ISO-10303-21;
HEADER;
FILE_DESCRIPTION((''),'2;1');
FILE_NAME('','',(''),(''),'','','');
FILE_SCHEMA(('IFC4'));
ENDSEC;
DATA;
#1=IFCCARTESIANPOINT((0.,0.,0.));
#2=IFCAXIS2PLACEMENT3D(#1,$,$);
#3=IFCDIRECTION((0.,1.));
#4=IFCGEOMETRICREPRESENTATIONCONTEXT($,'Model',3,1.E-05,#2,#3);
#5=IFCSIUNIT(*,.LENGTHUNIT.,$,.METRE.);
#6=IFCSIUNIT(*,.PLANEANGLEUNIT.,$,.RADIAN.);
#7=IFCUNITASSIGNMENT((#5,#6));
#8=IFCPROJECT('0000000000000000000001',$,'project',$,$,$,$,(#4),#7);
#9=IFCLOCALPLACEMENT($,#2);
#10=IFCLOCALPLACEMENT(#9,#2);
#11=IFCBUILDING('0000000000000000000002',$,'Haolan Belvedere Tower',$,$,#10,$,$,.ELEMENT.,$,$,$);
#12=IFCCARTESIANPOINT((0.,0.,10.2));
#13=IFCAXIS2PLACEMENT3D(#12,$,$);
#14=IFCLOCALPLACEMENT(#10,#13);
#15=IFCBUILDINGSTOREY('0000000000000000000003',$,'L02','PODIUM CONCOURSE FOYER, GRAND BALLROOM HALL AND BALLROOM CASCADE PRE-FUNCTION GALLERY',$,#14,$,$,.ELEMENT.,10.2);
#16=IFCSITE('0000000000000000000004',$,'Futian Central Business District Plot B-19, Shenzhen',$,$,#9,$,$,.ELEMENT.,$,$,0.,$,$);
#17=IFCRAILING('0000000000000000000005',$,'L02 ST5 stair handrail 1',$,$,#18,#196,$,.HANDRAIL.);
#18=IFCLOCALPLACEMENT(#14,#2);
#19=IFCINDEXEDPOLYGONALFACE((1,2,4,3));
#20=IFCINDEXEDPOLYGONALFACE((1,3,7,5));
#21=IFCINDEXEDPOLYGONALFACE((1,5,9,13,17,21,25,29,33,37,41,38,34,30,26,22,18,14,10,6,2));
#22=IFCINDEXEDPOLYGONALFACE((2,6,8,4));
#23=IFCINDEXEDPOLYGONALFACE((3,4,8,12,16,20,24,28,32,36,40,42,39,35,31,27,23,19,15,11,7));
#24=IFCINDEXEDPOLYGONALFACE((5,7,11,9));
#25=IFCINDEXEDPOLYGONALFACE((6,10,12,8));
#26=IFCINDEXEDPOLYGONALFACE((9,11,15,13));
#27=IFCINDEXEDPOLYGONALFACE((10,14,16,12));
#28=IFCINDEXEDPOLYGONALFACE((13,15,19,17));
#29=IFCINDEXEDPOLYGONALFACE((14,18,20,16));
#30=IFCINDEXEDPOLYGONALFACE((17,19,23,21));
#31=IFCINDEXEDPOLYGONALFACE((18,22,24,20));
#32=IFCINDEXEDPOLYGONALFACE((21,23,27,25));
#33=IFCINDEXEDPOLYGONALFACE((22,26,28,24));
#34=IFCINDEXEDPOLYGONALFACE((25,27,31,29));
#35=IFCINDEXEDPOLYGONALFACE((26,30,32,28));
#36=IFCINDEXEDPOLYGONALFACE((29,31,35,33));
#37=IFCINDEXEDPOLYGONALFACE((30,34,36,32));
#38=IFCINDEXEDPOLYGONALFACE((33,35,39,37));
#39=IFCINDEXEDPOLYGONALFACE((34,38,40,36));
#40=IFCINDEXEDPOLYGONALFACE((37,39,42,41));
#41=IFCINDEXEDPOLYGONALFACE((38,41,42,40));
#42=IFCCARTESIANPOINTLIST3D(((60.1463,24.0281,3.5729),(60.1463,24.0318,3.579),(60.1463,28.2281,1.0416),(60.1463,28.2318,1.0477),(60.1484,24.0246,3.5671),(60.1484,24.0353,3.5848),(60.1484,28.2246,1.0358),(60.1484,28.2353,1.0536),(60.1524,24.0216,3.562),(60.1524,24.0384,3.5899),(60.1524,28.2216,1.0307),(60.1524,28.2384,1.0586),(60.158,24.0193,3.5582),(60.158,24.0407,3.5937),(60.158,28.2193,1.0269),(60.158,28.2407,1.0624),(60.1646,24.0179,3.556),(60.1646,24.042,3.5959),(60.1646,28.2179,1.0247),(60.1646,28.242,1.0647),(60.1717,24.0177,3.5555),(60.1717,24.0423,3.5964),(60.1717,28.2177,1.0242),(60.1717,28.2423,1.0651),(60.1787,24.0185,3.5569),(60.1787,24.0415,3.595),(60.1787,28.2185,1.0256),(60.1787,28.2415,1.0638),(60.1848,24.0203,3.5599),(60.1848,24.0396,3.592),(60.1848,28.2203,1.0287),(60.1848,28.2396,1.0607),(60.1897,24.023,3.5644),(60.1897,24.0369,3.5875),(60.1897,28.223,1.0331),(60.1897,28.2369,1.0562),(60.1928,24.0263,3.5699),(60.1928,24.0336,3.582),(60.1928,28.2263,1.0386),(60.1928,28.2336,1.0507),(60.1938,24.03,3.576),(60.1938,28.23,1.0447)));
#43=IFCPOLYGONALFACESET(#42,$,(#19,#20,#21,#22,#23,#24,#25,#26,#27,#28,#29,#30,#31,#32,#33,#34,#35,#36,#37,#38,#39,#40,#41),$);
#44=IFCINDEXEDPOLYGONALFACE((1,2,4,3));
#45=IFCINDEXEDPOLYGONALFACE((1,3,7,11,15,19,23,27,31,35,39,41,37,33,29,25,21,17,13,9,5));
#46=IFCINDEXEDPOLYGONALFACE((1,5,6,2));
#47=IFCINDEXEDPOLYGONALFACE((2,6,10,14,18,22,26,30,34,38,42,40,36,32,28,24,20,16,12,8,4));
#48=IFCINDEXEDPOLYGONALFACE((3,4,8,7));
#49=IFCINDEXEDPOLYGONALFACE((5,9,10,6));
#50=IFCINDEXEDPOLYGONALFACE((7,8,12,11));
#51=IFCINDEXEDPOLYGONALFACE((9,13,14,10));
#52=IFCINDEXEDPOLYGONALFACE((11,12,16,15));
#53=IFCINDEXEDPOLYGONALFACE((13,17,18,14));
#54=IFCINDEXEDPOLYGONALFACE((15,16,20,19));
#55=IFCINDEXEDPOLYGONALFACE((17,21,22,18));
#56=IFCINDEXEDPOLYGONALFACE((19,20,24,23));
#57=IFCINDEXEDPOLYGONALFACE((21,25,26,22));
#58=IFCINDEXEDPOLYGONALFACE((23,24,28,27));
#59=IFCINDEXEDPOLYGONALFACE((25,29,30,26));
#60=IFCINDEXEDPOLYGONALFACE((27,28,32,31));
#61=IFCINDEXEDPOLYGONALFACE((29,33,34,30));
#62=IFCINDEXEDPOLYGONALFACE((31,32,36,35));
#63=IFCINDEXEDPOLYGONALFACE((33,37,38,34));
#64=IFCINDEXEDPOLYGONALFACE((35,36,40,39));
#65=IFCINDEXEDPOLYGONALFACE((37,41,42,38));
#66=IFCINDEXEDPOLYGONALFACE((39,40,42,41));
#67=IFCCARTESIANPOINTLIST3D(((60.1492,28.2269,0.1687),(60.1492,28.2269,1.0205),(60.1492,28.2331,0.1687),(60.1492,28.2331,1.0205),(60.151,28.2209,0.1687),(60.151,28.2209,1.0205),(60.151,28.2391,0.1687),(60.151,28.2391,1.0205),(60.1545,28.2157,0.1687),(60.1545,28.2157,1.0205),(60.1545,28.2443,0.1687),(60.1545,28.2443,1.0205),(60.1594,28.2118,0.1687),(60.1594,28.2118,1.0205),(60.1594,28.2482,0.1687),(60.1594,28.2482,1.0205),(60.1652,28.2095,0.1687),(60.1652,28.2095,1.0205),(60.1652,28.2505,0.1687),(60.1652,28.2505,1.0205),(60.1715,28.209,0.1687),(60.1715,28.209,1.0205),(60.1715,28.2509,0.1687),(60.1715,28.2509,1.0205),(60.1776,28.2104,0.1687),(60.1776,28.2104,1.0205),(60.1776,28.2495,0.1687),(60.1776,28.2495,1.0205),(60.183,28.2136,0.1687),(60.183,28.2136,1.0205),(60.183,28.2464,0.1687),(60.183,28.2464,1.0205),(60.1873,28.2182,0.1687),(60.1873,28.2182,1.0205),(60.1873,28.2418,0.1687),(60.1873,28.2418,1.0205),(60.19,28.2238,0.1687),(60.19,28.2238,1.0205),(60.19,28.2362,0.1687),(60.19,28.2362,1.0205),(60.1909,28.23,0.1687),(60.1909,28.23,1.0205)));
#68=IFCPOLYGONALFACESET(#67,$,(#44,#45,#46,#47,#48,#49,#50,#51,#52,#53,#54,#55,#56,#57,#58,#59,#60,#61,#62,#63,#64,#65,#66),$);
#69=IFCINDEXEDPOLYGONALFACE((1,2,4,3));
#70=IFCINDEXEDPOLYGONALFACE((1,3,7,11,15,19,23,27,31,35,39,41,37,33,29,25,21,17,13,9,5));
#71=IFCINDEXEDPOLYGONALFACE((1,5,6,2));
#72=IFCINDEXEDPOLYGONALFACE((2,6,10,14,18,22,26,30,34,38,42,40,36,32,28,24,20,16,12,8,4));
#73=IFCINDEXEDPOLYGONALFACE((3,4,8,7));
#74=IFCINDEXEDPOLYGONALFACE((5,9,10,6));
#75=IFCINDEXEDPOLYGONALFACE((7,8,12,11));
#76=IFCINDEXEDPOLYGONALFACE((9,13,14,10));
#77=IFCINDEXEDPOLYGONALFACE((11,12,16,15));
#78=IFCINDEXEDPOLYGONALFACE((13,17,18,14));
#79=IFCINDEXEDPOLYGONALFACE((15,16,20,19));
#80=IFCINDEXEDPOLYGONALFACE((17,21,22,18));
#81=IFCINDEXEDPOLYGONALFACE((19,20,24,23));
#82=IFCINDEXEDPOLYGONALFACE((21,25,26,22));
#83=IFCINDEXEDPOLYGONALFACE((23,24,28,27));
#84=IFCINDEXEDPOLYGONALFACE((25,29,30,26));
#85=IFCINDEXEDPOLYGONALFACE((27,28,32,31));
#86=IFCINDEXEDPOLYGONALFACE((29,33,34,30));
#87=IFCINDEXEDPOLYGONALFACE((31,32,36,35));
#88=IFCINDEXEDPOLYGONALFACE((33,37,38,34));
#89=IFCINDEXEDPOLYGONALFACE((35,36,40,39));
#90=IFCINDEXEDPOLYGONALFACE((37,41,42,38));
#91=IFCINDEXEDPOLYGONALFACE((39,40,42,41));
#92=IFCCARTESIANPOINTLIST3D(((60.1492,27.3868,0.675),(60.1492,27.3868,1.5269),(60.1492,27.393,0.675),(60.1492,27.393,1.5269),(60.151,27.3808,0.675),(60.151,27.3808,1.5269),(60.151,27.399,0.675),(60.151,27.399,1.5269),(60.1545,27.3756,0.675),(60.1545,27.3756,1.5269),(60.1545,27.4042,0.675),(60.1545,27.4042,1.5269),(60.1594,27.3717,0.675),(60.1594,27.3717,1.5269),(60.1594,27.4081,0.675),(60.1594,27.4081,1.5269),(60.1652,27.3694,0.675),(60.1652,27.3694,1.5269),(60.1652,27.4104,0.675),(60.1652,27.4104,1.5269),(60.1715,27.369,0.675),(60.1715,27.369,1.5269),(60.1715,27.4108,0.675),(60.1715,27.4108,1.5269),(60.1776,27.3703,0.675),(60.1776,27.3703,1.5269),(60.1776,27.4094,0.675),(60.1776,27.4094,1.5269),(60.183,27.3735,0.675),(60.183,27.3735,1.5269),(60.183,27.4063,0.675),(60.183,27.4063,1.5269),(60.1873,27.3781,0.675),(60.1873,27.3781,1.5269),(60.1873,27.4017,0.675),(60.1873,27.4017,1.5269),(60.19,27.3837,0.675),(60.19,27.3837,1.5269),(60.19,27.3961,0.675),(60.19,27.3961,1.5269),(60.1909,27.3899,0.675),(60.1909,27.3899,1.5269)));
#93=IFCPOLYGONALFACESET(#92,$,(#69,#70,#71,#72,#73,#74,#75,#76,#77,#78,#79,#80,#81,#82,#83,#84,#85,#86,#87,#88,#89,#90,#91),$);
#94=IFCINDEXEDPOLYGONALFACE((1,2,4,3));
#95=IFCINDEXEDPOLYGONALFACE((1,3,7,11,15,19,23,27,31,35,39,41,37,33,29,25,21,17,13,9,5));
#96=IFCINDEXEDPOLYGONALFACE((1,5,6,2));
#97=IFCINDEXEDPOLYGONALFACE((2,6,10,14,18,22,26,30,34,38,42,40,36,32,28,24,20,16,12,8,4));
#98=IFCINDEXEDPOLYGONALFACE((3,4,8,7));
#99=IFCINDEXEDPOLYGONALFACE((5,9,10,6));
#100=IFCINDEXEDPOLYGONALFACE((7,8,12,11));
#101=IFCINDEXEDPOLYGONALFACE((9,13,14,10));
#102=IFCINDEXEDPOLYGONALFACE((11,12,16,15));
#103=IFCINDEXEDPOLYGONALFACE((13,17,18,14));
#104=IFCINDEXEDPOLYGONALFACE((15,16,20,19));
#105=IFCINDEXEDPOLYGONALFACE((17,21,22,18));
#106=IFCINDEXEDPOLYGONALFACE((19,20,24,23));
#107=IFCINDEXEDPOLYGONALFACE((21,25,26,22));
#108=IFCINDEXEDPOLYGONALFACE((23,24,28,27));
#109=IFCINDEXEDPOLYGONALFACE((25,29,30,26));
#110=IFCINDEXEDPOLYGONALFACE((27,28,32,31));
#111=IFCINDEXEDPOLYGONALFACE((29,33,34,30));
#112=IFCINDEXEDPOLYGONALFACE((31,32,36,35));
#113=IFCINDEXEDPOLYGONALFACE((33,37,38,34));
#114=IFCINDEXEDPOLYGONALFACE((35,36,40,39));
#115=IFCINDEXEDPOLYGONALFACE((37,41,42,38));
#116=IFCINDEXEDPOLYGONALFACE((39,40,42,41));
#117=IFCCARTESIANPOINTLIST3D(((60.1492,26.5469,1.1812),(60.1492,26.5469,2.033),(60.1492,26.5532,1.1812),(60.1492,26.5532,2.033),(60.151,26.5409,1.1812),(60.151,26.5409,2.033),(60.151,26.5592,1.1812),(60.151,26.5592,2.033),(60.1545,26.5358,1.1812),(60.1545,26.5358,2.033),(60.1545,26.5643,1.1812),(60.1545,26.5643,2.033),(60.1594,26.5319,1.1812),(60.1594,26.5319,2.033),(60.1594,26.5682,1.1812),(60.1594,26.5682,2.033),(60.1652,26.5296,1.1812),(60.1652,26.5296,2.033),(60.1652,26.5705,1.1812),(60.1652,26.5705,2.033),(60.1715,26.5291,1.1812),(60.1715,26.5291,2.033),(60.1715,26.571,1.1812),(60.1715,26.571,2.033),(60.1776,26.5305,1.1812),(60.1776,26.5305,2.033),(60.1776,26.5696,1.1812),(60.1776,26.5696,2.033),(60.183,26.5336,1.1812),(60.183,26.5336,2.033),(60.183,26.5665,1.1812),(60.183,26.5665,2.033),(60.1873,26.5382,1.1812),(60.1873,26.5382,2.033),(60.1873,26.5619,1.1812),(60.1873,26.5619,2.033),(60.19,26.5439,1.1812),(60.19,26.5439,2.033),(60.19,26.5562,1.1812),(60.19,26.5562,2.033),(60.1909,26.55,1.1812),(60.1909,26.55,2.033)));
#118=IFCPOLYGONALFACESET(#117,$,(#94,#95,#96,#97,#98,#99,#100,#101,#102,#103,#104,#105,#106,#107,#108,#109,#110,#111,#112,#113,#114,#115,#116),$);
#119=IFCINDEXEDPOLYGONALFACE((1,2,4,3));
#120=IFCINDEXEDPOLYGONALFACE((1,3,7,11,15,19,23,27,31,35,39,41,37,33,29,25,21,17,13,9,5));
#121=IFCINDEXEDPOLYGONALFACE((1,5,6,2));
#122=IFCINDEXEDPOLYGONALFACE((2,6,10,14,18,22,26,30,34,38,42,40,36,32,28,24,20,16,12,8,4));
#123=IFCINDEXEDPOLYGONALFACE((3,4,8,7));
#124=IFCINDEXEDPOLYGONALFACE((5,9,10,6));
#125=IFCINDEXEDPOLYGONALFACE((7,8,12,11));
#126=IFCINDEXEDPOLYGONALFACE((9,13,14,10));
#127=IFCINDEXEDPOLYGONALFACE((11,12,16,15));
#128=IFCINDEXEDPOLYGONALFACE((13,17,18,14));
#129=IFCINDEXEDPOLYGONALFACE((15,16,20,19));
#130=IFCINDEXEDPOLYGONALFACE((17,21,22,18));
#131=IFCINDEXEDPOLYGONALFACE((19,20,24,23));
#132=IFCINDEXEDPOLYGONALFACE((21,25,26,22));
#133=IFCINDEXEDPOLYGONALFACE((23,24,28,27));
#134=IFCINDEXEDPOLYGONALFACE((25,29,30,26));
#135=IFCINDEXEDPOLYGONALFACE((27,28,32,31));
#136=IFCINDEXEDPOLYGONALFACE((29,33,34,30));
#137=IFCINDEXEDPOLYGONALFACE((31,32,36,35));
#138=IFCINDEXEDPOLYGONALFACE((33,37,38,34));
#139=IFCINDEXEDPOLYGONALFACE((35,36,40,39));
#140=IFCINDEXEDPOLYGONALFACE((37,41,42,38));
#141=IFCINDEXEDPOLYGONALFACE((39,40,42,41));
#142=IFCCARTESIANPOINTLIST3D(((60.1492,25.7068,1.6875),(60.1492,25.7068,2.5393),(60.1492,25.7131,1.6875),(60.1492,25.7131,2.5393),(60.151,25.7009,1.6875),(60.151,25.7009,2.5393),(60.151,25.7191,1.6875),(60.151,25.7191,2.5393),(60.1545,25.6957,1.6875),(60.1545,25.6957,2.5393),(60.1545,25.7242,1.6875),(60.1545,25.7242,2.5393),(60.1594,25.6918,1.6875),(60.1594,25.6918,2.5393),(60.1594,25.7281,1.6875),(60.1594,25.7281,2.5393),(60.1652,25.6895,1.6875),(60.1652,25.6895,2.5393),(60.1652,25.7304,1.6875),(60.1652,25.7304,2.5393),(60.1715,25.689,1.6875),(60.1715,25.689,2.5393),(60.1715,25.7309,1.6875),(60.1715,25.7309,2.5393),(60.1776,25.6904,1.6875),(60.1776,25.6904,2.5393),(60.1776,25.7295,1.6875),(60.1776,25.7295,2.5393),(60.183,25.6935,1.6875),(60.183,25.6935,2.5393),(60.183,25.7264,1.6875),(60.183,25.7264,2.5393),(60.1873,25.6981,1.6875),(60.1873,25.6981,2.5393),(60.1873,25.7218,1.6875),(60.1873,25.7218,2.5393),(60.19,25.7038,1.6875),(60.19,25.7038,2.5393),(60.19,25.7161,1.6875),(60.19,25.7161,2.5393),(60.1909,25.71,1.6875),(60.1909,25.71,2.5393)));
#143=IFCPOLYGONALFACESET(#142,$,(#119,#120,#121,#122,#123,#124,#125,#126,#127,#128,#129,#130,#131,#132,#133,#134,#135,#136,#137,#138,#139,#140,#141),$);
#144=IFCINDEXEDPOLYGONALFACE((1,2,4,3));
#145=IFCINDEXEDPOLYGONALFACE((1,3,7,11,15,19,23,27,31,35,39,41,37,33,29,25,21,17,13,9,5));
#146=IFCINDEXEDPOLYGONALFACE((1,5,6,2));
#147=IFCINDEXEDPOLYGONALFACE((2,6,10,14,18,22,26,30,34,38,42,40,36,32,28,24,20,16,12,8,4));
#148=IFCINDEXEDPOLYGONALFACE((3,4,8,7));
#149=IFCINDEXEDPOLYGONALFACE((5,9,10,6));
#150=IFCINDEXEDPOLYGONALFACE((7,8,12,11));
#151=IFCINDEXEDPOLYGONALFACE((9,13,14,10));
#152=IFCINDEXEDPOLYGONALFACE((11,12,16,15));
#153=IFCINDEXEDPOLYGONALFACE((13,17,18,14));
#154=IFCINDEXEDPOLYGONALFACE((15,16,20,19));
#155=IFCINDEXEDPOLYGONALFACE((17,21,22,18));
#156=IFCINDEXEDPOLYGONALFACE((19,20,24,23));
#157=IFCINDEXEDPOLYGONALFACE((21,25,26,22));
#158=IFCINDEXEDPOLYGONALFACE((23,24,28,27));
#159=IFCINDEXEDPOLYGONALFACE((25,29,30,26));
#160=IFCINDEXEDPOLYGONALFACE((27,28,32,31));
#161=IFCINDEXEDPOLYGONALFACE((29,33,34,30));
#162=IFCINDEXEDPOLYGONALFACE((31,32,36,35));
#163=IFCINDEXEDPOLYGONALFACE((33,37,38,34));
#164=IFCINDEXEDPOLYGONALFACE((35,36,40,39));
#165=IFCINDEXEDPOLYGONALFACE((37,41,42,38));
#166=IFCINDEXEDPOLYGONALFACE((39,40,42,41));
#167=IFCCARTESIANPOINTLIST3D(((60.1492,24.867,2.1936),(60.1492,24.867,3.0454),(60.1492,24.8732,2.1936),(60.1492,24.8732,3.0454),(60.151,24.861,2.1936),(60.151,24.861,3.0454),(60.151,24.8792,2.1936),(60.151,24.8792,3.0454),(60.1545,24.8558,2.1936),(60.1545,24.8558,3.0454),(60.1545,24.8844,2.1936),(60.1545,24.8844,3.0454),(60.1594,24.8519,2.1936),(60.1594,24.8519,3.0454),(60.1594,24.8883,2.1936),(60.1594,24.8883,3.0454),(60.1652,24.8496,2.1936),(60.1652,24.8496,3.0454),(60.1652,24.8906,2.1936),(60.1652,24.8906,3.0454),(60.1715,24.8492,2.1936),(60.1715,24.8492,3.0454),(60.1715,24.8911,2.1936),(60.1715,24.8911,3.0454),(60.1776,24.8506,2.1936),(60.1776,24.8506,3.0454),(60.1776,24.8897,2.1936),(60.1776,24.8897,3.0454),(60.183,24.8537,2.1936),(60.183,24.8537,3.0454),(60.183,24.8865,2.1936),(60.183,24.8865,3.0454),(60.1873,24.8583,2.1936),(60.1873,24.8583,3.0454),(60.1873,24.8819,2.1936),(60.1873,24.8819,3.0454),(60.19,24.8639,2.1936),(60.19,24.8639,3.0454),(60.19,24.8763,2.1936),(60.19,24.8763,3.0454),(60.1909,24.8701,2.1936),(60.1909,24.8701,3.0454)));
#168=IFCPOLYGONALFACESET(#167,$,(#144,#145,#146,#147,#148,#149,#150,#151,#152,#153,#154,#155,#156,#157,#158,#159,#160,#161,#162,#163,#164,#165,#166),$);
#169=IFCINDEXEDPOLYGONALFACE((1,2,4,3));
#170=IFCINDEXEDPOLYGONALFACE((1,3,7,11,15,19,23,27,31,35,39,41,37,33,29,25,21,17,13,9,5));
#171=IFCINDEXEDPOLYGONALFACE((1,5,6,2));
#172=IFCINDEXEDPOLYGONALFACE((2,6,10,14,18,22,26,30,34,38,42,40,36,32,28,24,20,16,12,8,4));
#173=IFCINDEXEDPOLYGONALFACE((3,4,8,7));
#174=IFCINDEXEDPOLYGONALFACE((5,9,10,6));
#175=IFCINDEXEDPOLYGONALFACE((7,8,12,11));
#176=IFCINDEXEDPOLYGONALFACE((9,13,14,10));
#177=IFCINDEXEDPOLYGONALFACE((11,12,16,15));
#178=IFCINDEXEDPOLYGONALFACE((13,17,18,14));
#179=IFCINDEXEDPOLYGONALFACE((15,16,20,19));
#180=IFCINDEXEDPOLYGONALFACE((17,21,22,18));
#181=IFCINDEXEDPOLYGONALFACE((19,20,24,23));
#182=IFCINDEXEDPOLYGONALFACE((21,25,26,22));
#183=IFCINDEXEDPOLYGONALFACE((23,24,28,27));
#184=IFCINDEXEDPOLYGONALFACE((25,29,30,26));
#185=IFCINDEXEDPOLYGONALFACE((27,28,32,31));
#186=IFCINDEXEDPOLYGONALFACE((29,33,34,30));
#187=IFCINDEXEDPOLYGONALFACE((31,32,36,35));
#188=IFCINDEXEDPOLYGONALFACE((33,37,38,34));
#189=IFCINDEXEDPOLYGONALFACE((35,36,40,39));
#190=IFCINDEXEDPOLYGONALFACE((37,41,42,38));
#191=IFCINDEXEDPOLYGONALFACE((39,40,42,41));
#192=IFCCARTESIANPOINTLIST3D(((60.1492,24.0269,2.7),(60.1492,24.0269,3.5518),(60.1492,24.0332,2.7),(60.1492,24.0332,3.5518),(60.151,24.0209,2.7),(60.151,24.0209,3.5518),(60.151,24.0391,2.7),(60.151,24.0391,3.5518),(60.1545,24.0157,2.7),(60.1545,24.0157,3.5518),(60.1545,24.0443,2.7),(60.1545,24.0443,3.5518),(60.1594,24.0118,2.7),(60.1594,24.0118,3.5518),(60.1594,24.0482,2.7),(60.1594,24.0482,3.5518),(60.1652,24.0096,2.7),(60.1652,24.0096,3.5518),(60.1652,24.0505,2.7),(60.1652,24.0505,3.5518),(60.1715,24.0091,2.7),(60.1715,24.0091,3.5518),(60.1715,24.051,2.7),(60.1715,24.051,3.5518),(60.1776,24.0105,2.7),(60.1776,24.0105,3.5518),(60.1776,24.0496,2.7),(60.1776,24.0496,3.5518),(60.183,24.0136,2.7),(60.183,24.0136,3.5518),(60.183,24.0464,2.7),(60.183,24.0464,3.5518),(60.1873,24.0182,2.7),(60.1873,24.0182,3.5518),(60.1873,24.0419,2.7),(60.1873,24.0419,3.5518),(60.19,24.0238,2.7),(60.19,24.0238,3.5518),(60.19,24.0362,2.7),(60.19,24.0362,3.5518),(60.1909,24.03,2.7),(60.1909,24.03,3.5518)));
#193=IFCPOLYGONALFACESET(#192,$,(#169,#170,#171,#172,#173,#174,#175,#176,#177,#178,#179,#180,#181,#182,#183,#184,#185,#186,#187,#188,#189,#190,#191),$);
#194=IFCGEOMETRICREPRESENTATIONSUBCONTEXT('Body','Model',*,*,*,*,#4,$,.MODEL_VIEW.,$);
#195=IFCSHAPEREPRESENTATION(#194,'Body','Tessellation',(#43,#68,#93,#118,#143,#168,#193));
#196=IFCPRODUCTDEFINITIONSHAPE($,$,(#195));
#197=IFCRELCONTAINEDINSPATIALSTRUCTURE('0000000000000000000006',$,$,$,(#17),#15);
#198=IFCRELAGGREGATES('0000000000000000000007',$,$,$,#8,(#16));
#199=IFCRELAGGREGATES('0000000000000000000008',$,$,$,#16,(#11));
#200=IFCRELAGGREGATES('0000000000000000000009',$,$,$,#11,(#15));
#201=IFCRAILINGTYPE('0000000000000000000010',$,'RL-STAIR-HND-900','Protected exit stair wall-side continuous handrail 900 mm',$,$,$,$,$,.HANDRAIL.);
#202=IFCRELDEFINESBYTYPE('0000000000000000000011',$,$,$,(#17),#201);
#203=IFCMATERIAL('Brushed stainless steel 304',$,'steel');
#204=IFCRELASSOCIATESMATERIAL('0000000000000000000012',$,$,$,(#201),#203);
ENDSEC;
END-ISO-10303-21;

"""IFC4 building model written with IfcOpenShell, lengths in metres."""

from ifc_helpers import new_model, si_unit, direction, frame, origin, origin_2d, place, context, subcontext, project, spatial, circle, extrude, material, type_object, element, save


model = new_model("IFC4")

# Units and contexts
model_context = context("Model", 3, precision=1e-05, world=origin(), true_north=direction((0.0, 1.0)))
body_context = subcontext(model_context, "Body", "Model", "MODEL_VIEW")
ifc_project = project(units=[si_unit("LENGTHUNIT", "METRE"), si_unit("PLANEANGLEUNIT", "RADIAN")], contexts=[model_context])

# Site, building, storey
site_placement = place(None, origin())
site = spatial("IfcSite", under=ifc_project, at=site_placement, Name="Futian Central Business District Plot B-19, Shenzhen", CompositionType="ELEMENT", RefElevation=0.0)
building_placement = place(site_placement, origin())
building = spatial("IfcBuilding", under=site, at=building_placement, Name="Haolan Belvedere Tower", CompositionType="ELEMENT")
storey_placement = place(building_placement, frame((0.0, 0.0, 10.2)))
storey = spatial("IfcBuildingStorey", under=building, at=storey_placement, Name="L02", Description="PODIUM CONCOURSE FOYER, GRAND BALLROOM HALL AND BALLROOM CASCADE PRE-FUNCTION GALLERY", CompositionType="ELEMENT", Elevation=10.2)

# Railing
ifc_material_1 = material(Name="Brushed stainless steel 304", Category="steel")
railing_type_1 = type_object("IfcRailingType", Name="RL-STAIR-HND-900", Description="Protected exit stair wall-side continuous handrail 900 mm", PredefinedType="HANDRAIL", material=ifc_material_1)
railing_1_placement = place(storey_placement, frame((60.1699, 28.23, 0.1687)))
element("IfcRailing", 1, at=railing_1_placement, inside=storey, type_object=railing_type_1, Name="L02 ST5 stair handrail 1", PredefinedType="HANDRAIL", context=body_context, shape_type="SweptSolid", body=[
    extrude(circle(Radius=0.0239, at=origin_2d()), frame((0.0, 0.0, 0.876), z_axis=(0.0, -0.856476, 0.516186), x_axis=(1.0, 0.0, 0.0)), (0.0, 0.0, 1.0), 4.9038),
    extrude(circle(Radius=0.021, at=origin_2d()), origin(), (0.0, 0.0, 1.0), 0.8518),
    extrude(circle(Radius=0.021, at=origin_2d()), frame((0.0, -0.8401, 0.5063)), (0.0, 0.0, 1.0), 0.8518),
    extrude(circle(Radius=0.021, at=origin_2d()), frame((0.0, -1.6799, 1.0125)), (0.0, 0.0, 1.0), 0.8518),
    extrude(circle(Radius=0.021, at=origin_2d()), frame((0.0, -2.52, 1.5188)), (0.0, 0.0, 1.0), 0.8518),
    extrude(circle(Radius=0.021, at=origin_2d()), frame((0.0, -3.3599, 2.0249)), (0.0, 0.0, 1.0), 0.8518),
    extrude(circle(Radius=0.021, at=origin_2d()), frame((0.0, -4.2, 2.5312)), (0.0, 0.0, 1.0), 0.8518),
])

save(model, "model.ifc")
